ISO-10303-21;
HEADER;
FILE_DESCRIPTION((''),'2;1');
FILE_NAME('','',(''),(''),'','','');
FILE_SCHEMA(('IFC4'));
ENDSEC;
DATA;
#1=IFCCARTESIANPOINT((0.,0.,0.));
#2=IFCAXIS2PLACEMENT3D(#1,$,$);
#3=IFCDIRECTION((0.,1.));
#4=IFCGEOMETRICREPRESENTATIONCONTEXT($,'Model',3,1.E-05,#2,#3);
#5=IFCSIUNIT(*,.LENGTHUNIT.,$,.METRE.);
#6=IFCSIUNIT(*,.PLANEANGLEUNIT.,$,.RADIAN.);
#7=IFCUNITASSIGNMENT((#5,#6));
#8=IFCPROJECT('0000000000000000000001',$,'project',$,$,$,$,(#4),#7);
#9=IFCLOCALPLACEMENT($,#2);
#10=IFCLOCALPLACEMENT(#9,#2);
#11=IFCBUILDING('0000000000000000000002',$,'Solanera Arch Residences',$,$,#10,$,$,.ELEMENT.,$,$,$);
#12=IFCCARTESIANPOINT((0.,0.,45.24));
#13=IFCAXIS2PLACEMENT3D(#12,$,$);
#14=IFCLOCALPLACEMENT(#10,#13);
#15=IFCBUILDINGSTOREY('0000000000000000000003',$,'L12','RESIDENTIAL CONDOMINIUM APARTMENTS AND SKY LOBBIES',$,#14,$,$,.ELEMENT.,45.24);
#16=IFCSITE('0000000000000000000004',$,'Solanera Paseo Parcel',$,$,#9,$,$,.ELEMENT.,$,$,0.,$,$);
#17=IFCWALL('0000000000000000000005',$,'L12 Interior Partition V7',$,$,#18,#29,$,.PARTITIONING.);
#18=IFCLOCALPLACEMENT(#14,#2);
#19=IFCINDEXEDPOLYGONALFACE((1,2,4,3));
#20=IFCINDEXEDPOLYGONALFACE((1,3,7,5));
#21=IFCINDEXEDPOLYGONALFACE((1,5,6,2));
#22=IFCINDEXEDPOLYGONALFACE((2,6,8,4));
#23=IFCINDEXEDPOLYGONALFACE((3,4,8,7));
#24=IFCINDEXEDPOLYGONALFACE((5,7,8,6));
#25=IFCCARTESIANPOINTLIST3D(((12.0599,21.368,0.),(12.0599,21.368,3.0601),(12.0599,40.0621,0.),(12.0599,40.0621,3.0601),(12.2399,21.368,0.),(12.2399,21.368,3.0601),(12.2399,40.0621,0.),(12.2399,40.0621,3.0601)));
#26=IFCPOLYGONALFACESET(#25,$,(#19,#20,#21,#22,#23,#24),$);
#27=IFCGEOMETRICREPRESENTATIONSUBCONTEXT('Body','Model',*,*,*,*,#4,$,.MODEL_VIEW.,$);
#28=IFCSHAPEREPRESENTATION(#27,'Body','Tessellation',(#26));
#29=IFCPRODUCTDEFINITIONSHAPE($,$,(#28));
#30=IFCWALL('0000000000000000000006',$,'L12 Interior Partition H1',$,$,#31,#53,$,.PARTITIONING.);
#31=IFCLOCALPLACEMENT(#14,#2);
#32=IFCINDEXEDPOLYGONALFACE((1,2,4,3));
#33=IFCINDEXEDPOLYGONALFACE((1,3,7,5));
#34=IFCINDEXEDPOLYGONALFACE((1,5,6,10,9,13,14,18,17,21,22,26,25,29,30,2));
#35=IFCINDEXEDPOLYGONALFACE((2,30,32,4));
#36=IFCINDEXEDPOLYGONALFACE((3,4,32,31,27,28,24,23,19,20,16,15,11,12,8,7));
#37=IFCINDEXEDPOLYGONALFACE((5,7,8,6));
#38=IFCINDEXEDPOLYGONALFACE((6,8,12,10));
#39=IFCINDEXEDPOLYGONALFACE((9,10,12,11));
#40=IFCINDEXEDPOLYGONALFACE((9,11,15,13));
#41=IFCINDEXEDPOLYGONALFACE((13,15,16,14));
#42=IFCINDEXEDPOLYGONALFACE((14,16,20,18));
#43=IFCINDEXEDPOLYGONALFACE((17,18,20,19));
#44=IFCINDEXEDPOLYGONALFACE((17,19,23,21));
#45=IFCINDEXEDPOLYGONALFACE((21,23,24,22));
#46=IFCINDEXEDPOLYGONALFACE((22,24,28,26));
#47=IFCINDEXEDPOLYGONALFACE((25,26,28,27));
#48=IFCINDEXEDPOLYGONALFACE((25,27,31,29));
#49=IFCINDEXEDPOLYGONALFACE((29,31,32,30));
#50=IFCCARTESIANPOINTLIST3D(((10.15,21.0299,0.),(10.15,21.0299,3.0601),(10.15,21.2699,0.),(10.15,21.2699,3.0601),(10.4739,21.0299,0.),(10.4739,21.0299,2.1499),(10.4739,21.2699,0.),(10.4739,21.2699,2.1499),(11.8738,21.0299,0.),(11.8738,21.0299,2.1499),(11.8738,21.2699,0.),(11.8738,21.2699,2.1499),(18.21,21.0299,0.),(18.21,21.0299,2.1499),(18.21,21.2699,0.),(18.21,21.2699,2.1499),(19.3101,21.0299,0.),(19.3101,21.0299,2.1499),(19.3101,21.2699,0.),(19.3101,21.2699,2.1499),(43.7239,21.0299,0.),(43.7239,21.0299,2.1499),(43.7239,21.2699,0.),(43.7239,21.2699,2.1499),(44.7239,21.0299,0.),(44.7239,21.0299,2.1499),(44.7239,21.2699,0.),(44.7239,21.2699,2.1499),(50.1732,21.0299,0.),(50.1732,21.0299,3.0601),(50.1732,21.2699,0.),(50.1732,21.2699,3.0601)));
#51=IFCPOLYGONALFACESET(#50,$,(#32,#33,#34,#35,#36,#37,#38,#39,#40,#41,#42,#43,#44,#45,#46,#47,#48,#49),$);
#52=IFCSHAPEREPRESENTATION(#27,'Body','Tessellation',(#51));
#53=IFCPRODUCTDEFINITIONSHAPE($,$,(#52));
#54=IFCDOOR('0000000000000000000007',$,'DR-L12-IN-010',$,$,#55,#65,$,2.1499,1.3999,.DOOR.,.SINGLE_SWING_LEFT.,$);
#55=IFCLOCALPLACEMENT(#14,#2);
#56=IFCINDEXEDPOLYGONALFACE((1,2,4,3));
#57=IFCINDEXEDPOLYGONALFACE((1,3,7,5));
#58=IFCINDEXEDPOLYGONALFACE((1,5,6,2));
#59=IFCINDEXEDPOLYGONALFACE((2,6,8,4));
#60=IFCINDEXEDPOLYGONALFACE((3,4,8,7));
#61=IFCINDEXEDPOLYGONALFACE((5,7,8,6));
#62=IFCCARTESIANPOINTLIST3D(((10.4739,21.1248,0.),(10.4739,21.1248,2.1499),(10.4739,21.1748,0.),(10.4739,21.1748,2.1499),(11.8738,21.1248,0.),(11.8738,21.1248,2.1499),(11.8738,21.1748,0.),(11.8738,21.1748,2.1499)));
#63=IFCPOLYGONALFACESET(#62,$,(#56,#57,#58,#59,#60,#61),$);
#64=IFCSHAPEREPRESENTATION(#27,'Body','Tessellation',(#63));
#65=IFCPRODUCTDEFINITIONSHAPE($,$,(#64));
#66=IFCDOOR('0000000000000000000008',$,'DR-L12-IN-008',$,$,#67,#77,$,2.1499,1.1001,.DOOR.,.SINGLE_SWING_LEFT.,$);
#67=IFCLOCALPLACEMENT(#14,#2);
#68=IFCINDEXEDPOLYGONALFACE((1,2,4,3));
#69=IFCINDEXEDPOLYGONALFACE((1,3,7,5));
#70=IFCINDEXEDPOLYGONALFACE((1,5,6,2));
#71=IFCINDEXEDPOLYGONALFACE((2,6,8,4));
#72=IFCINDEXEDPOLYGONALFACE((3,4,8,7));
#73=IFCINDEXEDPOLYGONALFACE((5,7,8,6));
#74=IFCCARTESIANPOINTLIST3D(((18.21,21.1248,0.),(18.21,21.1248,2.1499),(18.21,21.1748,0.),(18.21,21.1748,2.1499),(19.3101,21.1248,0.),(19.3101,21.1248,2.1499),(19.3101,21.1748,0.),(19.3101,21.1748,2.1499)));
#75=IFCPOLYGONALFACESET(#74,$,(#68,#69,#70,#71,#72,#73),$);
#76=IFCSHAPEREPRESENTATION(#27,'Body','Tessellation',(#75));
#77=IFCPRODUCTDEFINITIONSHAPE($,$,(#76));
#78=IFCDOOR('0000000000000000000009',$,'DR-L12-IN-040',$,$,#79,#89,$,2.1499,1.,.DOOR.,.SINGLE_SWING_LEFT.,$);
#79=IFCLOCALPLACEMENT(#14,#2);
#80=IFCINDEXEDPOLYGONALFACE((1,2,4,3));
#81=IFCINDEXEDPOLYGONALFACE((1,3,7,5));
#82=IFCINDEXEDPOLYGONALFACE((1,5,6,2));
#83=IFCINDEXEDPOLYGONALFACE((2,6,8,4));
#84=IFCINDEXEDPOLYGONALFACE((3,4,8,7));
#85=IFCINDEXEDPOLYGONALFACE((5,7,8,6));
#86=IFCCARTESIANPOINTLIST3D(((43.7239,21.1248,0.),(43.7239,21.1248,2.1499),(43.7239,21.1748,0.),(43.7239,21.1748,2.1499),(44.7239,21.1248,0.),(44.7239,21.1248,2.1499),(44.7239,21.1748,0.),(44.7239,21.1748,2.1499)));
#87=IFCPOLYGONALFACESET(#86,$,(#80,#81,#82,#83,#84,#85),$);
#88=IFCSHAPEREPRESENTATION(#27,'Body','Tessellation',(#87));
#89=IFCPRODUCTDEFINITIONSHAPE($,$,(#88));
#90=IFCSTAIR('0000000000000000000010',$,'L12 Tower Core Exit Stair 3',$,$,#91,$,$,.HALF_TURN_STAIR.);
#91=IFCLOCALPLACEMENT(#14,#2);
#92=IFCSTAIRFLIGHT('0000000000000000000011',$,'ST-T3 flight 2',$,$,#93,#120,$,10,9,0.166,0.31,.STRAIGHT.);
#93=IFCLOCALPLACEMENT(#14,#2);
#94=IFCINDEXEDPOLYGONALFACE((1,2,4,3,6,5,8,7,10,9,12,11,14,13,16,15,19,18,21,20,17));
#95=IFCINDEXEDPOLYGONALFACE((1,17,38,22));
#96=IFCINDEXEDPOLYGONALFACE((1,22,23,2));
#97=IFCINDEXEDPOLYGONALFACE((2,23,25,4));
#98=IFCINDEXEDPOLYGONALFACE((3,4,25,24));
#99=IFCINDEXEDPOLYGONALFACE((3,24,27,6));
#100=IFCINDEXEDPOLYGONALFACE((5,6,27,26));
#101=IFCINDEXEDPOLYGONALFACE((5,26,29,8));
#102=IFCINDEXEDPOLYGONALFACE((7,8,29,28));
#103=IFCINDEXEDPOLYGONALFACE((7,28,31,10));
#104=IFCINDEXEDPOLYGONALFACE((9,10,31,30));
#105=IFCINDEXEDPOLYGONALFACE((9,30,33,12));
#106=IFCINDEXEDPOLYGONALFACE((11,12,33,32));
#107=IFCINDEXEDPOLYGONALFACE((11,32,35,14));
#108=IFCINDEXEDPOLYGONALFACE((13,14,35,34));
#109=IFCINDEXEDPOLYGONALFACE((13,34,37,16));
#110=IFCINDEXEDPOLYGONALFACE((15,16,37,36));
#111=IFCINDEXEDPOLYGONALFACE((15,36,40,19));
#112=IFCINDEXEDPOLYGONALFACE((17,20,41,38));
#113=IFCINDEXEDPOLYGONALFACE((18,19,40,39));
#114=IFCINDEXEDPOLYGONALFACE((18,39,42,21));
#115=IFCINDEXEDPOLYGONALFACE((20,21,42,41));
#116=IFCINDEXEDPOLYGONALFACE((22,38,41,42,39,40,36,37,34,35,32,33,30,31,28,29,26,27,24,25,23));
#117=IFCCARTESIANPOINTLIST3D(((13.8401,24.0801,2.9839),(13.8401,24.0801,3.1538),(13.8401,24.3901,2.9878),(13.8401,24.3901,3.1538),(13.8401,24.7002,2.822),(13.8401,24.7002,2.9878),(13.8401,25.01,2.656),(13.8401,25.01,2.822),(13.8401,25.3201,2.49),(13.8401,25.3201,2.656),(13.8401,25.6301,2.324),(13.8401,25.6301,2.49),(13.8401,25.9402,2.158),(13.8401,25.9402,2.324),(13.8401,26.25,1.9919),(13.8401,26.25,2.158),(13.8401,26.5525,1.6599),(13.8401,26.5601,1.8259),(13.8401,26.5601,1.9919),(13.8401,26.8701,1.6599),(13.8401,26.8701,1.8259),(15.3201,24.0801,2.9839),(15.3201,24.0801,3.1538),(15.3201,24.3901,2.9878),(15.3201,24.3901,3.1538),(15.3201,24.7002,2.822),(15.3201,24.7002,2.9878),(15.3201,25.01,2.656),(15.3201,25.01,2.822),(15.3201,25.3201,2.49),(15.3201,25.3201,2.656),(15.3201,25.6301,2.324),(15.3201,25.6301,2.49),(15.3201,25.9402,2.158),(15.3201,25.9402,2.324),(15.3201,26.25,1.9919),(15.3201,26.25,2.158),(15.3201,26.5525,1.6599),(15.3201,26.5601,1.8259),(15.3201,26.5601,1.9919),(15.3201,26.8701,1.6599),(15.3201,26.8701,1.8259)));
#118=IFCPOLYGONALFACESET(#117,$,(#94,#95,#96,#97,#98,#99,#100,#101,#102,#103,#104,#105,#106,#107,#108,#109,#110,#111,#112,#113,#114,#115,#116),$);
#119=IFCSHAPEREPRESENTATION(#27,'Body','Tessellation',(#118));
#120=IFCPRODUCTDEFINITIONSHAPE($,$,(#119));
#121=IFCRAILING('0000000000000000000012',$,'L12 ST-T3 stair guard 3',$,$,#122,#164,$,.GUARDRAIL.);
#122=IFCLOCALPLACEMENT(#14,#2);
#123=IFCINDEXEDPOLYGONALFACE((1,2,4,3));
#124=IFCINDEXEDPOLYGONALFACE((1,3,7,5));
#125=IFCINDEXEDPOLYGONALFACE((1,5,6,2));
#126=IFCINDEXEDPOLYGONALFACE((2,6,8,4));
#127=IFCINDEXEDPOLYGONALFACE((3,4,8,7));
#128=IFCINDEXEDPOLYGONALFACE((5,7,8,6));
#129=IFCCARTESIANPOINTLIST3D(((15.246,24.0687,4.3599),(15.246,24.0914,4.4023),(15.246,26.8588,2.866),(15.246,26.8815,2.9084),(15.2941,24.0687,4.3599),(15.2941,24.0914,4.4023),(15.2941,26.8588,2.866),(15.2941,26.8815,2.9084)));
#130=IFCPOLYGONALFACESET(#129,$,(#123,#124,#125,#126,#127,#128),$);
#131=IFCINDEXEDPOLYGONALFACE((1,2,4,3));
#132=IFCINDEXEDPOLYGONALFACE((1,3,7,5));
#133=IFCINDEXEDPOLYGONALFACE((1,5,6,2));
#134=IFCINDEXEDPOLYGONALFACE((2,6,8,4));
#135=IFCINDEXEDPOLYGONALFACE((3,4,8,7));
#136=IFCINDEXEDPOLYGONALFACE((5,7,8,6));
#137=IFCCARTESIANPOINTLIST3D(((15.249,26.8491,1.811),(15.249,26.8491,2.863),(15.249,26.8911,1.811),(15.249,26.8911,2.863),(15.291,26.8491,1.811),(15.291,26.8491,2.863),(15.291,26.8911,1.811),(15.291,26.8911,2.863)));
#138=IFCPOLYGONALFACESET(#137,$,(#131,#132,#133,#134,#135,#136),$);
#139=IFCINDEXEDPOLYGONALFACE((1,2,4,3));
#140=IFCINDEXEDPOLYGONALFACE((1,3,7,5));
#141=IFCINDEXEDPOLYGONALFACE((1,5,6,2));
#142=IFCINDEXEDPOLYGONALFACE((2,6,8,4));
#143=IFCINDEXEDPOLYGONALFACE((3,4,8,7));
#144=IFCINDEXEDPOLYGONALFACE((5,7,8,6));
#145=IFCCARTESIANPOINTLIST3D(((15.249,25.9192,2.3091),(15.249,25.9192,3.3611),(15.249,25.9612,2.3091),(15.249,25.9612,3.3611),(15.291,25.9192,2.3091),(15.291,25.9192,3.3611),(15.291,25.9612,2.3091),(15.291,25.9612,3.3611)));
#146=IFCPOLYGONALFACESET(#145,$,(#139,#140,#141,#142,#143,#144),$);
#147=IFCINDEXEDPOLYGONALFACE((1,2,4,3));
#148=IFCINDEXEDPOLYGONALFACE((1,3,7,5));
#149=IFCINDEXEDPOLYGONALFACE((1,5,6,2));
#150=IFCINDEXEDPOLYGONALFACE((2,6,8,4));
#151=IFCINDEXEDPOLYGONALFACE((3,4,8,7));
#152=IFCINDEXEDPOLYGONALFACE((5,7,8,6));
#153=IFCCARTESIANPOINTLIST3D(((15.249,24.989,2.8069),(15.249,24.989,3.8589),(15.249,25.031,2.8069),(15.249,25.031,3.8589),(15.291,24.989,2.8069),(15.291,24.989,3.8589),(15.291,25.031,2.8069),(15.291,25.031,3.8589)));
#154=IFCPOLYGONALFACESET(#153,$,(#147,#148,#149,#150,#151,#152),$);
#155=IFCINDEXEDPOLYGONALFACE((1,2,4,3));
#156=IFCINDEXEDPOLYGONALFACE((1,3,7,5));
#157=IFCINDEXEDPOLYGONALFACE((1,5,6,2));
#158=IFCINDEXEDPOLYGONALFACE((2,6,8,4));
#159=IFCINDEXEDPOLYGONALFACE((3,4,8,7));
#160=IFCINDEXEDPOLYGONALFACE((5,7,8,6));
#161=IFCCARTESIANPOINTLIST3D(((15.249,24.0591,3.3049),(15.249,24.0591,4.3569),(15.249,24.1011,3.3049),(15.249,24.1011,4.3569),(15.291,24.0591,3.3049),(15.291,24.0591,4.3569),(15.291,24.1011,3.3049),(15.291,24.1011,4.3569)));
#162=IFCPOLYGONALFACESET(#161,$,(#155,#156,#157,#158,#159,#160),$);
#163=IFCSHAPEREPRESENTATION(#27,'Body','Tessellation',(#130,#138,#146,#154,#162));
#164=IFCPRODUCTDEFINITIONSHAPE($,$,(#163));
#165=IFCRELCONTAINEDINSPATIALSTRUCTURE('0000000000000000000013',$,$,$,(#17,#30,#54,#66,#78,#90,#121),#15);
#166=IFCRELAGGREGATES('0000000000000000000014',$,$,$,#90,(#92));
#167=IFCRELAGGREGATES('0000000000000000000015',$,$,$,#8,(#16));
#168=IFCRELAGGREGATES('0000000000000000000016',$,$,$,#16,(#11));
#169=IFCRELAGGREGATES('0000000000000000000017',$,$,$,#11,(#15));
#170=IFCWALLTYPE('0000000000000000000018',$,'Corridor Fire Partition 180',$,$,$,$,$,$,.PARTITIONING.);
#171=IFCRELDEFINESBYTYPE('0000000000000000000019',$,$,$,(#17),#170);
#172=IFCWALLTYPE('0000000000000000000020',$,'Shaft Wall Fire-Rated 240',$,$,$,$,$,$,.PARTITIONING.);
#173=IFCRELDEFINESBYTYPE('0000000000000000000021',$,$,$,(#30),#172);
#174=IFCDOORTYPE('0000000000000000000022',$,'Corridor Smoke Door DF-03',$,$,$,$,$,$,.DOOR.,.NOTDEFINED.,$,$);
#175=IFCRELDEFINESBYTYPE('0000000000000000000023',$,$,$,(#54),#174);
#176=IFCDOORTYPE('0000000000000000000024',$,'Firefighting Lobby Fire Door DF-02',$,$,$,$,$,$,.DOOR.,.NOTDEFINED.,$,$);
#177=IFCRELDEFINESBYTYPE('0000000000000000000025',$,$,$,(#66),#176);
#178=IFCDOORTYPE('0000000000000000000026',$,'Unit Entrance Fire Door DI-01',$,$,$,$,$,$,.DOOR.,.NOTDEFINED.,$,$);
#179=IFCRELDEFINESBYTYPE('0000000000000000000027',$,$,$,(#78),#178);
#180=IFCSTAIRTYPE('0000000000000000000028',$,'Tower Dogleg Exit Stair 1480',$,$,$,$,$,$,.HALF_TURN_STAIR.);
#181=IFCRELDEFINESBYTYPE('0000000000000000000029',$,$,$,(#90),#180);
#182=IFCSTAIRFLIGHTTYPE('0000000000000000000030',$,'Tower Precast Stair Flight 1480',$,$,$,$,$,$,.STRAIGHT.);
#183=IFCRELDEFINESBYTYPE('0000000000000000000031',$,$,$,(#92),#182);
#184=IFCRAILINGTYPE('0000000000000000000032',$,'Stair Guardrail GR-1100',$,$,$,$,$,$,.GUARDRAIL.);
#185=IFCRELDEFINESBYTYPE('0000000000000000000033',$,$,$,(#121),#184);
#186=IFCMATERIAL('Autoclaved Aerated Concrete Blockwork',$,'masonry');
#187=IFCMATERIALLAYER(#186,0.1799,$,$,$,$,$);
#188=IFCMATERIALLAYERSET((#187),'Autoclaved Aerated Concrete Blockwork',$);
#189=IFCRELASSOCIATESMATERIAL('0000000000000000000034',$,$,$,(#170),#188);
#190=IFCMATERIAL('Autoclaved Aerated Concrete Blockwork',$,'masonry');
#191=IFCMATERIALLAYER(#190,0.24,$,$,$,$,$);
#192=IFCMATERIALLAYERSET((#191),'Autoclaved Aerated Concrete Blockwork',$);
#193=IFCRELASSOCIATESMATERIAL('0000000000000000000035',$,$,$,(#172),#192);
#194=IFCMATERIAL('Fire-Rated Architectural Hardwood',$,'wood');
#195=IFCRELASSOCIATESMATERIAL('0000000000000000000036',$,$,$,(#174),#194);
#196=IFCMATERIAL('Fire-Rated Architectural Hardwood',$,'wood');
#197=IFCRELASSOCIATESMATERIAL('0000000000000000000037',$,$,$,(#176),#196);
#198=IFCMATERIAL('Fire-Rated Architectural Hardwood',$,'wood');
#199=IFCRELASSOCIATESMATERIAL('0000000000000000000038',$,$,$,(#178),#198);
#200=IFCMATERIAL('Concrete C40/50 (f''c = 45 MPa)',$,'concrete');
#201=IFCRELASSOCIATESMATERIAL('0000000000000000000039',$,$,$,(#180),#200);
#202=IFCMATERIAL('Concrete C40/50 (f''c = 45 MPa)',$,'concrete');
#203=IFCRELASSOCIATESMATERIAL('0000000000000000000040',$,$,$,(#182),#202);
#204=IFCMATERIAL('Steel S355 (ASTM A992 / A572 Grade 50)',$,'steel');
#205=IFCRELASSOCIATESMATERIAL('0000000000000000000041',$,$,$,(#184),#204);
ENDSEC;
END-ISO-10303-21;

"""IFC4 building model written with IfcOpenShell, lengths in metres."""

from ifc_helpers import new_model, si_unit, direction, frame, frame_2d, origin, origin_2d, place, context, subcontext, project, spatial, polyline, rectangle, outline, extrude, material, layer, layer_set, type_object, element, fill, aggregate, save


model = new_model("IFC4")

# Units and contexts
model_context = context("Model", 3, precision=1e-05, world=origin(), true_north=direction((0.0, 1.0)))
body_context = subcontext(model_context, "Body", "Model", "MODEL_VIEW")
ifc_project = project(units=[si_unit("LENGTHUNIT", "METRE"), si_unit("PLANEANGLEUNIT", "RADIAN")], contexts=[model_context])

# Site, building, storey
site_placement = place(None, origin())
site = spatial("IfcSite", under=ifc_project, at=site_placement, Name="Solanera Paseo Parcel", CompositionType="ELEMENT", RefElevation=0.0)
building_placement = place(site_placement, origin())
building = spatial("IfcBuilding", under=site, at=building_placement, Name="Solanera Arch Residences", CompositionType="ELEMENT")
storey_placement = place(building_placement, frame((0.0, 0.0, 45.24)))
storey = spatial("IfcBuildingStorey", under=building, at=storey_placement, Name="L12", Description="RESIDENTIAL CONDOMINIUM APARTMENTS AND SKY LOBBIES", CompositionType="ELEMENT", Elevation=45.24)

# Wall
ifc_material_1 = material(Name="Autoclaved Aerated Concrete Blockwork", Category="masonry")
ifc_layer_1 = layer(ifc_material_1, 0.1799)
ifc_layer_set_1 = layer_set([ifc_layer_1], Name="Autoclaved Aerated Concrete Blockwork")
wall_type_1 = type_object("IfcWallType", Name="Corridor Fire Partition 180", PredefinedType="PARTITIONING", material=ifc_layer_set_1)
for number, where, z_axis, x_axis, name in (
    (1, (12.1499, 21.3679, 0.0), (0.0, 0.0, 1.0), (0.0, 1.0, 0.0), "L12 Interior Partition V7"),
):
    element("IfcWall", number, at=place(storey_placement, frame(where, z_axis=z_axis, x_axis=x_axis)), inside=storey, type_object=wall_type_1, Name=name, PredefinedType="PARTITIONING", context=body_context, shape_type="SweptSolid", body=[
        extrude(rectangle(XDim=18.6941, YDim=0.1799, at=frame_2d((9.3472, 0.0))), origin(), (0.0, 0.0, 1.0), 3.0601),
    ])

# Wall, openings, doors
ifc_material_2 = material(Name="Autoclaved Aerated Concrete Blockwork", Category="masonry")
ifc_layer_2 = layer(ifc_material_2, 0.24)
ifc_layer_set_2 = layer_set([ifc_layer_2], Name="Autoclaved Aerated Concrete Blockwork")
wall_type_2 = type_object("IfcWallType", Name="Shaft Wall Fire-Rated 240", PredefinedType="PARTITIONING", material=ifc_layer_set_2)
wall_1_placement = place(storey_placement, frame((10.1499, 21.1499, 0.0), z_axis=(0.0, 0.0, 1.0), x_axis=(1.0, 0.0, 0.0)))
wall_1 = element("IfcWall", 2, at=wall_1_placement, inside=storey, type_object=wall_type_2, Name="L12 Interior Partition H1", PredefinedType="PARTITIONING", context=body_context, shape_type="SweptSolid", body=[
    extrude(rectangle(XDim=40.0232, YDim=0.24, at=frame_2d((20.0117, 0.0))), origin(), (0.0, 0.0, 1.0), 3.0601),
])
opening_1_placement = place(wall_1_placement, frame((8.0601, 0.0, 0.0)))
opening_1 = element("IfcOpeningElement", 3, at=opening_1_placement, cuts=wall_1, PredefinedType="OPENING", context=body_context, shape_type="SweptSolid", body=[
    extrude(rectangle(XDim=1.1001, YDim=2.1499, at=frame_2d((0.55, 1.075))), frame((0.0, 0.1299, 0.0), z_axis=(0.0, -1.0, 0.0), x_axis=(1.0, 0.0, 0.0)), (0.0, 0.0, 1.0), 0.26),
])
opening_2_placement = place(wall_1_placement, frame((0.324, 0.0, 0.0)))
opening_2 = element("IfcOpeningElement", 4, at=opening_2_placement, cuts=wall_1, PredefinedType="OPENING", context=body_context, shape_type="SweptSolid", body=[
    extrude(rectangle(XDim=1.3999, YDim=2.1499, at=frame_2d((0.7, 1.075))), frame((0.0, 0.1299, 0.0), z_axis=(0.0, -1.0, 0.0), x_axis=(1.0, 0.0, 0.0)), (0.0, 0.0, 1.0), 0.26),
])
opening_3_placement = place(wall_1_placement, frame((33.574, 0.0, 0.0)))
opening_3 = element("IfcOpeningElement", 5, at=opening_3_placement, cuts=wall_1, PredefinedType="OPENING", context=body_context, shape_type="SweptSolid", body=[
    extrude(rectangle(XDim=1.0, YDim=2.1499, at=frame_2d((0.5, 1.075))), frame((0.0, 0.1299, 0.0), z_axis=(0.0, -1.0, 0.0), x_axis=(1.0, 0.0, 0.0)), (0.0, 0.0, 1.0), 0.26),
])
ifc_material_3 = material(Name="Fire-Rated Architectural Hardwood", Category="wood")
door_type_1 = type_object("IfcDoorType", Name="Corridor Smoke Door DF-03", OperationType="NOTDEFINED", PredefinedType="DOOR", material=ifc_material_3)
door_1_placement = place(opening_2_placement, origin())
door_1 = element("IfcDoor", 6, at=door_1_placement, inside=storey, type_object=door_type_1, Name="DR-L12-IN-010", OperationType="SINGLE_SWING_LEFT", OverallHeight=2.1499, OverallWidth=1.3999, PredefinedType="DOOR", context=body_context, shape_type="SweptSolid", body=[
    extrude(rectangle(XDim=1.3999, YDim=2.1499, at=frame_2d((0.7, 1.075))), frame((0.0, 0.0249, 0.0), z_axis=(0.0, -1.0, 0.0), x_axis=(1.0, 0.0, 0.0)), (0.0, 0.0, 1.0), 0.05),
])
fill(opening_2, door_1)
ifc_material_4 = material(Name="Fire-Rated Architectural Hardwood", Category="wood")
door_type_2 = type_object("IfcDoorType", Name="Firefighting Lobby Fire Door DF-02", OperationType="NOTDEFINED", PredefinedType="DOOR", material=ifc_material_4)
door_2_placement = place(opening_1_placement, origin())
door_2 = element("IfcDoor", 7, at=door_2_placement, inside=storey, type_object=door_type_2, Name="DR-L12-IN-008", OperationType="SINGLE_SWING_LEFT", OverallHeight=2.1499, OverallWidth=1.1001, PredefinedType="DOOR", context=body_context, shape_type="SweptSolid", body=[
    extrude(rectangle(XDim=1.1001, YDim=2.1499, at=frame_2d((0.55, 1.075))), frame((0.0, 0.0249, 0.0), z_axis=(0.0, -1.0, 0.0), x_axis=(1.0, 0.0, 0.0)), (0.0, 0.0, 1.0), 0.05),
])
fill(opening_1, door_2)
ifc_material_5 = material(Name="Fire-Rated Architectural Hardwood", Category="wood")
door_type_3 = type_object("IfcDoorType", Name="Unit Entrance Fire Door DI-01", OperationType="NOTDEFINED", PredefinedType="DOOR", material=ifc_material_5)
door_3_placement = place(opening_3_placement, origin())
door_3 = element("IfcDoor", 8, at=door_3_placement, inside=storey, type_object=door_type_3, Name="DR-L12-IN-040", OperationType="SINGLE_SWING_LEFT", OverallHeight=2.1499, OverallWidth=1.0, PredefinedType="DOOR", context=body_context, shape_type="SweptSolid", body=[
    extrude(rectangle(XDim=1.0, YDim=2.1499, at=frame_2d((0.5, 1.075))), frame((0.0, 0.0249, 0.0), z_axis=(0.0, -1.0, 0.0), x_axis=(1.0, 0.0, 0.0)), (0.0, 0.0, 1.0), 0.05),
])
fill(opening_3, door_3)

# Stair, stair flight
ifc_material_6 = material(Name="Concrete C40/50 (f'c = 45 MPa)", Category="concrete")
stair_type = type_object("IfcStairType", Name="Tower Dogleg Exit Stair 1480", PredefinedType="HALF_TURN_STAIR", material=ifc_material_6)
stair_placement = place(storey_placement, origin())
stair = element("IfcStair", 9, at=stair_placement, inside=storey, type_object=stair_type, Name="L12 Tower Core Exit Stair 3", PredefinedType="HALF_TURN_STAIR")
ifc_material_7 = material(Name="Concrete C40/50 (f'c = 45 MPa)", Category="concrete")
stair_flight_type = type_object("IfcStairFlightType", Name="Tower Precast Stair Flight 1480", PredefinedType="STRAIGHT", material=ifc_material_7)
stair_flight_placement = place(storey_placement, frame((14.5801, 26.8701, 1.6599), z_axis=(0.0, 0.0, 1.0), x_axis=(0.0, -1.0, 0.0)))
stair_flight = element("IfcStairFlight", 10, at=stair_flight_placement, type_object=stair_flight_type, Name="ST-T3 flight 2", NumberOfRisers=10, NumberOfTreads=9, PredefinedType="STRAIGHT", RiserHeight=0.166, TreadLength=0.31, context=body_context, shape_type="SweptSolid", body=[
    extrude(outline(polyline([(0.0, 0.0), (0.0, 0.166), (0.3101, 0.166), (0.3101, 0.332), (0.6201, 0.332), (0.6201, 0.498), (0.9299, 0.498), (0.9299, 0.6641), (1.24, 0.6641), (1.24, 0.8301), (1.55, 0.8301), (1.55, 0.9961), (1.8601, 0.9961), (1.8601, 1.1621), (2.1699, 1.1621), (2.1699, 1.3279), (2.48, 1.3279), (2.48, 1.4939), (2.79, 1.4939), (2.79, 1.6599), (2.79, 1.324), (0.3176, 0.0), (0.0, 0.0)])), frame((0.0, 0.74, 0.0), z_axis=(0.0, -1.0, 0.0), x_axis=(1.0, 0.0, 0.0)), (0.0, 0.0, 1.0), 1.48),
])
aggregate(stair, [stair_flight])

# Railing
ifc_material_8 = material(Name="Steel S355 (ASTM A992 / A572 Grade 50)", Category="steel")
railing_type_1 = type_object("IfcRailingType", Name="Stair Guardrail GR-1100", PredefinedType="GUARDRAIL", material=ifc_material_8)
railing_1_placement = place(storey_placement, frame((15.27, 26.8701, 1.811)))
element("IfcRailing", 11, at=railing_1_placement, inside=storey, type_object=railing_type_1, Name="L12 ST-T3 stair guard 3", PredefinedType="GUARDRAIL", context=body_context, shape_type="SweptSolid", body=[
    extrude(rectangle(XDim=0.0481, YDim=0.0481, at=origin_2d()), frame((0.0, 0.0, 1.0762), z_axis=(0.0, -0.881581, 0.472033), x_axis=(1.0, 0.0, 0.0)), (0.0, 0.0, 1.0), 3.1648),
    extrude(rectangle(XDim=0.042, YDim=0.042, at=origin_2d()), origin(), (0.0, 0.0, 1.0), 1.052),
    extrude(rectangle(XDim=0.042, YDim=0.042, at=origin_2d()), frame((0.0, -0.9299, 0.498)), (0.0, 0.0, 1.0), 1.052),
    extrude(rectangle(XDim=0.042, YDim=0.042, at=origin_2d()), frame((0.0, -1.8601, 0.9958)), (0.0, 0.0, 1.0), 1.052),
    extrude(rectangle(XDim=0.042, YDim=0.042, at=origin_2d()), frame((0.0, -2.79, 1.4939)), (0.0, 0.0, 1.0), 1.052),
])

save(model, "model.ifc")
